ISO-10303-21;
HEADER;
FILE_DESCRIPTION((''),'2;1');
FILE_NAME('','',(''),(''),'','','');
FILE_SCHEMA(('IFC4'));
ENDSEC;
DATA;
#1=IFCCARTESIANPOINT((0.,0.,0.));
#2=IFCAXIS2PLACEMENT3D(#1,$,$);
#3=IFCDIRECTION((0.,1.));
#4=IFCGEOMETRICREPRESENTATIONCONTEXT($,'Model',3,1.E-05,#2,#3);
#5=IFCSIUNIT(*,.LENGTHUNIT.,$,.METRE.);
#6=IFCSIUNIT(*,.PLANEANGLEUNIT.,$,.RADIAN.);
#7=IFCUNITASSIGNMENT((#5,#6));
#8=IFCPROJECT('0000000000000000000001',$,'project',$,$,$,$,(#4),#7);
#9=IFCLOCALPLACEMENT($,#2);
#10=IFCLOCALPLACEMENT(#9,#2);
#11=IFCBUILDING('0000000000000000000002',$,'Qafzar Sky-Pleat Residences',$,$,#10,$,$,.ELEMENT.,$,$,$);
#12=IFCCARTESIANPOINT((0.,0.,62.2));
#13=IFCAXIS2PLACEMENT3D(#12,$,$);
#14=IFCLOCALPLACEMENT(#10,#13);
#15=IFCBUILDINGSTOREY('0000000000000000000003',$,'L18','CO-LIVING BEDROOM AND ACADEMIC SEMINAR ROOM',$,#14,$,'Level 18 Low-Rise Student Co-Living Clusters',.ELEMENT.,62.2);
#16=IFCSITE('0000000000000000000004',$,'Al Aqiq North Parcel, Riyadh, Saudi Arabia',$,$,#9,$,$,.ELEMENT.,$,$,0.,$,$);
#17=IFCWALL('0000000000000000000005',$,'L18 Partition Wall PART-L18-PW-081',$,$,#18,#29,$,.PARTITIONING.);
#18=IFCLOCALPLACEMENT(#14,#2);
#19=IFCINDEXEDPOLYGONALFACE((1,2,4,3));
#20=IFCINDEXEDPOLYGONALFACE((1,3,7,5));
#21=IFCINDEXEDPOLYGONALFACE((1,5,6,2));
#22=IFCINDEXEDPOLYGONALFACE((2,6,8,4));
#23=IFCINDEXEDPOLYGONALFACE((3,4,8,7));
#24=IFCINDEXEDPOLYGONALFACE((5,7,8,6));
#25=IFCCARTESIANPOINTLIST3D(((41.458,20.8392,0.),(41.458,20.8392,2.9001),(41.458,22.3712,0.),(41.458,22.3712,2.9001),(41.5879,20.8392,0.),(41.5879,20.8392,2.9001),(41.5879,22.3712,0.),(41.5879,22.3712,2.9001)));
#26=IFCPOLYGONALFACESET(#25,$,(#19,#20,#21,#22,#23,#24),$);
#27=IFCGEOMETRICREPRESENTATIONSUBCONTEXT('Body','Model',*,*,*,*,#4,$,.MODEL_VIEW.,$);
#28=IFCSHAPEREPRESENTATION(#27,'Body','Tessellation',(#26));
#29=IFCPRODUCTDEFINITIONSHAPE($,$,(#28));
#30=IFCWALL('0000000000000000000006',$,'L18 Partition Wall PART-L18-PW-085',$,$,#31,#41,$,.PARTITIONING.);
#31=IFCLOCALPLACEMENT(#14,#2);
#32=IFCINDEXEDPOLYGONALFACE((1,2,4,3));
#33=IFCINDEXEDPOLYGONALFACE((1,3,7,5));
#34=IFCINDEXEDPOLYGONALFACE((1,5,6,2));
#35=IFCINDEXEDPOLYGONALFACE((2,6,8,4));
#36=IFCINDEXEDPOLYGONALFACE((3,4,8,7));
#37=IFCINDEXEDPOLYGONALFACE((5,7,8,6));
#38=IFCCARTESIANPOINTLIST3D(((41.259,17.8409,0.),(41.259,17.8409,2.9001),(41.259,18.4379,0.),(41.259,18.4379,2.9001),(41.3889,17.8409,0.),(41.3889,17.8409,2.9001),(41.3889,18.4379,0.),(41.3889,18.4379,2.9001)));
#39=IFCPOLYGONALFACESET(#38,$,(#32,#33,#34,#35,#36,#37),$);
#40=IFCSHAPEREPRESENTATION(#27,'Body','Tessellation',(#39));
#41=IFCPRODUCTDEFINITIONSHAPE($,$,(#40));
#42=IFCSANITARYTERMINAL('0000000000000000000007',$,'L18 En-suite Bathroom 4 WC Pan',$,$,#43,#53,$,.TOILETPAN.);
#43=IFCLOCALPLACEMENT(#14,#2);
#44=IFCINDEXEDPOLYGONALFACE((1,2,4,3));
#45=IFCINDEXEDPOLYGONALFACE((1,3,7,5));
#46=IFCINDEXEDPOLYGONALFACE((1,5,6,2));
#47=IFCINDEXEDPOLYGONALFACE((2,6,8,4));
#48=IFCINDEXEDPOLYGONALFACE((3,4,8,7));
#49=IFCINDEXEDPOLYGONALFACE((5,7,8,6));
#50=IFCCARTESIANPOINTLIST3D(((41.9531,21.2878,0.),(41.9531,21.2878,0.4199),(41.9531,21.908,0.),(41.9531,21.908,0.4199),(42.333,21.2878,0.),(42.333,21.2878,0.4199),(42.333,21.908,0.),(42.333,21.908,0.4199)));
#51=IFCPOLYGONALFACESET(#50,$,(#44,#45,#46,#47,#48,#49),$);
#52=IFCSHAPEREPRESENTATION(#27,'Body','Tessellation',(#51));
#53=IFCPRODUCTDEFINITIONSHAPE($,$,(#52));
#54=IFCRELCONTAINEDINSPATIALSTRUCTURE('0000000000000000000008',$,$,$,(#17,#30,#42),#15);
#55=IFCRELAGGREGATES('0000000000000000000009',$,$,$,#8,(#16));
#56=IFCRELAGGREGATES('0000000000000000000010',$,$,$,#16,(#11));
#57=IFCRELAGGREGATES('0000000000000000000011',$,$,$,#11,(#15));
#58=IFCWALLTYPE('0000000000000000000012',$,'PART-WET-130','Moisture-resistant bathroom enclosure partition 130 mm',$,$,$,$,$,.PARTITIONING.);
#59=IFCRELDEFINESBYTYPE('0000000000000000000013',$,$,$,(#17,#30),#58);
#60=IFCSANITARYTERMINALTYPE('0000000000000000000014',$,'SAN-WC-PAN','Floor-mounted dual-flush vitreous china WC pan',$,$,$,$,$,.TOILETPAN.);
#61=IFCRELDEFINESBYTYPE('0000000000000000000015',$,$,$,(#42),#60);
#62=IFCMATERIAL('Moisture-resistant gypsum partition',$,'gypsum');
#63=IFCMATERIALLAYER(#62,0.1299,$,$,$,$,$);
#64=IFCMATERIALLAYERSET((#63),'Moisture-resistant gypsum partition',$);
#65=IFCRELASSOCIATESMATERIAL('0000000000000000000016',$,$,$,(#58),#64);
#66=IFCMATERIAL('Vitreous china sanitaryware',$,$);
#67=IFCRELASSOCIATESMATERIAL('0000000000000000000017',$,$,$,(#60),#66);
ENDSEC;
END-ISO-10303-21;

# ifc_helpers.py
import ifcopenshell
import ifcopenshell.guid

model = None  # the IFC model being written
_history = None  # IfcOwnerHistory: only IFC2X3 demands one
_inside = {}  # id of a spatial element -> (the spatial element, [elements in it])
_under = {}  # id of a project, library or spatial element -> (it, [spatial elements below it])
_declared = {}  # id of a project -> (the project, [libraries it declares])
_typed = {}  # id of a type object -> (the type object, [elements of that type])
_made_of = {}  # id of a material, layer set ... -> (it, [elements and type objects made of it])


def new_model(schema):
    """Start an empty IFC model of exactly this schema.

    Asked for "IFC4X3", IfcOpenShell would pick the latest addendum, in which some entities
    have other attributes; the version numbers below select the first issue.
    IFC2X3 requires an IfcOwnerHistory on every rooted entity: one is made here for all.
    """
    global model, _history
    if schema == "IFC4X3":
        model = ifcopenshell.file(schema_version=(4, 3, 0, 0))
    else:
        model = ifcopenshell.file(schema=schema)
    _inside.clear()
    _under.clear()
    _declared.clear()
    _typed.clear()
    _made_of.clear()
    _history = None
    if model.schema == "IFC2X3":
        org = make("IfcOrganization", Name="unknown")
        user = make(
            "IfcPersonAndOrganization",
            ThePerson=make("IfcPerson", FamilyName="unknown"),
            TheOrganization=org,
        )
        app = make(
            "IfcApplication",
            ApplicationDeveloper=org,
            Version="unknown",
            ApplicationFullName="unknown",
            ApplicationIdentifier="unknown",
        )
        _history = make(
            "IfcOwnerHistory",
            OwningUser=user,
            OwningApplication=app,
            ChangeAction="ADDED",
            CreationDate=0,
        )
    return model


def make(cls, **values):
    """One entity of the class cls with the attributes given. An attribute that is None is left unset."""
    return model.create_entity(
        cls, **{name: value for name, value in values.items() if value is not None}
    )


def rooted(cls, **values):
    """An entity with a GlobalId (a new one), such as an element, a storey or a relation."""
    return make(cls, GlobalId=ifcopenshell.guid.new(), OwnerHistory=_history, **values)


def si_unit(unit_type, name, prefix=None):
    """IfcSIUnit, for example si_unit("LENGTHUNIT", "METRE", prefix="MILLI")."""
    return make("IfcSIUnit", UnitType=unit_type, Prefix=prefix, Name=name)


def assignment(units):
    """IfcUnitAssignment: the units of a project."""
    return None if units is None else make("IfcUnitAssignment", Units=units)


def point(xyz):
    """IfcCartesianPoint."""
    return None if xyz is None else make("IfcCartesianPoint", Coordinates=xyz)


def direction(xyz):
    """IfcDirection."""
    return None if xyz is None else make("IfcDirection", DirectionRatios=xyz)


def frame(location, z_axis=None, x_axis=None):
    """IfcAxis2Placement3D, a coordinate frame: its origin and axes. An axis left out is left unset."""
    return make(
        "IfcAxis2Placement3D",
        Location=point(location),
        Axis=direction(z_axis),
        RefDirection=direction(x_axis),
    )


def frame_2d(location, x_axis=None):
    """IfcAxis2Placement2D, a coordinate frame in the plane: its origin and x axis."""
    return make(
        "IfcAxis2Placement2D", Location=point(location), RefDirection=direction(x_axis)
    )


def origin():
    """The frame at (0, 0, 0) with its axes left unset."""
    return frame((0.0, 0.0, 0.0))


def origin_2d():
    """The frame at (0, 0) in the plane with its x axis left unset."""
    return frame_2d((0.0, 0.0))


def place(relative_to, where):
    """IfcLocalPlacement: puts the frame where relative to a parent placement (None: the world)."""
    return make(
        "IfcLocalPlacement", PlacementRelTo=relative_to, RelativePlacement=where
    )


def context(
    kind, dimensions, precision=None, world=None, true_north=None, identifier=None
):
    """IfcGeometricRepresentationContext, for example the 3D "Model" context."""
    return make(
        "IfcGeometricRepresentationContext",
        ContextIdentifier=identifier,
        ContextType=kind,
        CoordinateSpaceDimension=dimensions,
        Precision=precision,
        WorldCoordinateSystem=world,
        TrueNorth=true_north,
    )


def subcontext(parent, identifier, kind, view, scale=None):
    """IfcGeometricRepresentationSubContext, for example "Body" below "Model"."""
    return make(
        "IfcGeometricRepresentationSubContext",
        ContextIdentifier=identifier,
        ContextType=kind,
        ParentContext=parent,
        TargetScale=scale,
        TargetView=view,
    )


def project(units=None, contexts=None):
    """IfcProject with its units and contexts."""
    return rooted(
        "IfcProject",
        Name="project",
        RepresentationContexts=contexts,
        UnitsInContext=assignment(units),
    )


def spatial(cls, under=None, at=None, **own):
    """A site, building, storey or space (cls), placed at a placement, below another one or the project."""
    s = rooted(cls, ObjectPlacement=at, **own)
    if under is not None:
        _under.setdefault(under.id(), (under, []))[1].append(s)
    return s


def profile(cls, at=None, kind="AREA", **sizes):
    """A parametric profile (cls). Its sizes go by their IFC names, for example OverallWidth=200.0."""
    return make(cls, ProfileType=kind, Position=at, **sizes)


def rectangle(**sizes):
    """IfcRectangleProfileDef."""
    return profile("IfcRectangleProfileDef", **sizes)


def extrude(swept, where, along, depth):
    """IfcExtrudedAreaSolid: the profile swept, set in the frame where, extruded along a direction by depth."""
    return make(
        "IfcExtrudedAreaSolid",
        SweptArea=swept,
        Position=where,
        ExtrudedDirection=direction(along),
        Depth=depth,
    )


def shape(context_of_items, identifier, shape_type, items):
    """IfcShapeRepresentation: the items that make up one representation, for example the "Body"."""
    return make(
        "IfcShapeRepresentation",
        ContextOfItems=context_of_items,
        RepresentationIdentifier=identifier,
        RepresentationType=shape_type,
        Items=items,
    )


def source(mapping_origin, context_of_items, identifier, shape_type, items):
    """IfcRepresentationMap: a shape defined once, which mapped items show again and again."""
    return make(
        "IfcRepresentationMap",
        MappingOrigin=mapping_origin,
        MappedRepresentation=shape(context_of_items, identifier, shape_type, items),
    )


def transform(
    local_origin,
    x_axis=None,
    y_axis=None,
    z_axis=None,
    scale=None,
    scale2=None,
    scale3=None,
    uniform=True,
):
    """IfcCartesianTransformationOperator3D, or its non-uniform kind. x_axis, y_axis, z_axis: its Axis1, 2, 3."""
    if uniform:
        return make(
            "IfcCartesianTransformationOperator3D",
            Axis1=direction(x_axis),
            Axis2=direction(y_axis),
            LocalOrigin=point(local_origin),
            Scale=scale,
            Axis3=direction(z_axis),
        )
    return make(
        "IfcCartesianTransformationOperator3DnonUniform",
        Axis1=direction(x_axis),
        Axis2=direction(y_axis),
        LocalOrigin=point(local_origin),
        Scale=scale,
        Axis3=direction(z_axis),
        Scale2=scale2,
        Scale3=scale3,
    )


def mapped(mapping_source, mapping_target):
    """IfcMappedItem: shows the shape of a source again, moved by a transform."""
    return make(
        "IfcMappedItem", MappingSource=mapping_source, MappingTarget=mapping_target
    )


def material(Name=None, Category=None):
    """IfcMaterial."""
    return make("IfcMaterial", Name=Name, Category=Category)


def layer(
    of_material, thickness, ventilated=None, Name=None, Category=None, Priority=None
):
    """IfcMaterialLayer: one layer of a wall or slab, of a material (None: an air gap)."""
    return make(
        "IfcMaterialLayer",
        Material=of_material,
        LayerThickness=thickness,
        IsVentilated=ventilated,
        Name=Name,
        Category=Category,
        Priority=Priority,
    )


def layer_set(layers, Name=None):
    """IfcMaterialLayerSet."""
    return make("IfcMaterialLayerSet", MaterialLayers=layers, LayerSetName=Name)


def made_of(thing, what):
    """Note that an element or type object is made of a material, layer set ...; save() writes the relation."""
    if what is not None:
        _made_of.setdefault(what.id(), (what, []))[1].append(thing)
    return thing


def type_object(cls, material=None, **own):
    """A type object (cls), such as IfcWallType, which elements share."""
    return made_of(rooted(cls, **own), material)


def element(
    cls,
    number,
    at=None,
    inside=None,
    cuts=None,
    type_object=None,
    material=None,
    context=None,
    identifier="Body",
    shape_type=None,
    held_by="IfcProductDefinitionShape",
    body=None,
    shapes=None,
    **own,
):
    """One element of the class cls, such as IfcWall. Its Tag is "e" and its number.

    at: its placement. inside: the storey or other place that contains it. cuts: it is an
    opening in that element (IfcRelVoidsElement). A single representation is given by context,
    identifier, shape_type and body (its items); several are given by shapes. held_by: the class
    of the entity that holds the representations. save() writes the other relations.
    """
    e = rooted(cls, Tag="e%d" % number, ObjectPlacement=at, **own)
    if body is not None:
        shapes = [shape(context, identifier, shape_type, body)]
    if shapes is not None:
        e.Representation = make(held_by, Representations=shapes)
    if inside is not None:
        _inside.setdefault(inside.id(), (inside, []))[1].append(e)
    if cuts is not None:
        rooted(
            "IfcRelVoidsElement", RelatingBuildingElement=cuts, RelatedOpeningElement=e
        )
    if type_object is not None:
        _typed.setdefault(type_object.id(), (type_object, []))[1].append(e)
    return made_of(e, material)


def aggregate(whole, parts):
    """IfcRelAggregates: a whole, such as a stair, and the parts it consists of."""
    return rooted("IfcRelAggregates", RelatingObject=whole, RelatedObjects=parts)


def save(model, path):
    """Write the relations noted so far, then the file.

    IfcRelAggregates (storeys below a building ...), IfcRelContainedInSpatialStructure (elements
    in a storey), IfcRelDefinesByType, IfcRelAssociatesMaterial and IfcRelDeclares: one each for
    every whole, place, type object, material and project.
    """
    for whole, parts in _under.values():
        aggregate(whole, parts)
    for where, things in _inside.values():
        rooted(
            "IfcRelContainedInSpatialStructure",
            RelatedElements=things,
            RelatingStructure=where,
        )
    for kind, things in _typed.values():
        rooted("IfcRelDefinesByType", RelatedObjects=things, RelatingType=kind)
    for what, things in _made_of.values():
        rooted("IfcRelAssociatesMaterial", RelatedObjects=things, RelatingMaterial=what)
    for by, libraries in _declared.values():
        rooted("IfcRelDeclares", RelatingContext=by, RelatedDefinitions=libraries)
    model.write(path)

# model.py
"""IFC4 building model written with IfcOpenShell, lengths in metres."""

from ifc_helpers import new_model, si_unit, direction, frame, frame_2d, origin, origin_2d, place, context, subcontext, project, spatial, rectangle, extrude, source, transform, mapped, material, layer, layer_set, type_object, element, save


model = new_model("IFC4")

# Units and contexts
model_context = context("Model", 3, precision=1e-05, world=origin(), true_north=direction((0.0, 1.0)))
body_context = subcontext(model_context, "Body", "Model", "MODEL_VIEW")
ifc_project = project(units=[si_unit("LENGTHUNIT", "METRE"), si_unit("PLANEANGLEUNIT", "RADIAN")], contexts=[model_context])

# Site, building, storey
site_placement = place(None, origin())
site = spatial("IfcSite", under=ifc_project, at=site_placement, Name="Al Aqiq North Parcel, Riyadh, Saudi Arabia", CompositionType="ELEMENT", RefElevation=0.0)
building_placement = place(site_placement, origin())
building = spatial("IfcBuilding", under=site, at=building_placement, Name="Qafzar Sky-Pleat Residences", CompositionType="ELEMENT")
storey_placement = place(building_placement, frame((0.0, 0.0, 62.2)))
storey = spatial("IfcBuildingStorey", under=building, at=storey_placement, Name="L18", Description="CO-LIVING BEDROOM AND ACADEMIC SEMINAR ROOM", LongName="Level 18 Low-Rise Student Co-Living Clusters", CompositionType="ELEMENT", Elevation=62.2)

# Walls
ifc_material_1 = material(Name="Moisture-resistant gypsum partition", Category="gypsum")
ifc_layer_1 = layer(ifc_material_1, 0.1299)
ifc_layer_set_1 = layer_set([ifc_layer_1], Name="Moisture-resistant gypsum partition")
wall_type_1 = type_object("IfcWallType", Name="PART-WET-130", Description="Moisture-resistant bathroom enclosure partition 130 mm", PredefinedType="PARTITIONING", material=ifc_layer_set_1)
wall_1_placement = place(storey_placement, frame((41.5229, 20.8391, 0.0), z_axis=(0.0, 0.0, 1.0), x_axis=(0.0, 1.0, 0.0)))
element("IfcWall", 1, at=wall_1_placement, inside=storey, type_object=wall_type_1, Name="L18 Partition Wall PART-L18-PW-081", PredefinedType="PARTITIONING", context=body_context, shape_type="SweptSolid", body=[
    extrude(rectangle(XDim=1.532, YDim=0.1299, at=frame_2d((0.7661, 0.0))), origin(), (0.0, 0.0, 1.0), 2.9001),
])
wall_2_placement = place(storey_placement, frame((41.324, 17.8411, 0.0), z_axis=(0.0, 0.0, 1.0), x_axis=(0.0, 1.0, 0.0)))
element("IfcWall", 2, at=wall_2_placement, inside=storey, type_object=wall_type_1, Name="L18 Partition Wall PART-L18-PW-085", PredefinedType="PARTITIONING", context=body_context, shape_type="SweptSolid", body=[
    extrude(rectangle(XDim=0.5969, YDim=0.1299, at=frame_2d((0.2983, 0.0))), origin(), (0.0, 0.0, 1.0), 2.9001),
])

# Sanitary terminal
ifc_material_2 = material(Name="Vitreous china sanitaryware")
sanitary_terminal_type = type_object("IfcSanitaryTerminalType", Name="SAN-WC-PAN", Description="Floor-mounted dual-flush vitreous china WC pan", PredefinedType="TOILETPAN", material=ifc_material_2)
shared_shape_1 = source(origin(), body_context, "Body", "SweptSolid", [
    extrude(rectangle(XDim=0.3799, YDim=0.6201, at=origin_2d()), origin(), (0.0, 0.0, 1.0), 0.4199),
])
sanitary_terminal_placement = place(storey_placement, frame((42.1431, 21.5979, 0.0), z_axis=(0.0, 0.0, 1.0), x_axis=(1.0, 0.0, 0.0)))
element("IfcSanitaryTerminal", 3, at=sanitary_terminal_placement, inside=storey, type_object=sanitary_terminal_type, Name="L18 En-suite Bathroom 4 WC Pan", PredefinedType="TOILETPAN", context=body_context, shape_type="MappedRepresentation", body=[
    mapped(shared_shape_1, transform((0.0, 0.0, 0.0), x_axis=(1.0, 0.0, 0.0), y_axis=(0.0, 1.0, 0.0), z_axis=(0.0, 0.0, 1.0), scale=1.0)),
])

save(model, "model.ifc")
